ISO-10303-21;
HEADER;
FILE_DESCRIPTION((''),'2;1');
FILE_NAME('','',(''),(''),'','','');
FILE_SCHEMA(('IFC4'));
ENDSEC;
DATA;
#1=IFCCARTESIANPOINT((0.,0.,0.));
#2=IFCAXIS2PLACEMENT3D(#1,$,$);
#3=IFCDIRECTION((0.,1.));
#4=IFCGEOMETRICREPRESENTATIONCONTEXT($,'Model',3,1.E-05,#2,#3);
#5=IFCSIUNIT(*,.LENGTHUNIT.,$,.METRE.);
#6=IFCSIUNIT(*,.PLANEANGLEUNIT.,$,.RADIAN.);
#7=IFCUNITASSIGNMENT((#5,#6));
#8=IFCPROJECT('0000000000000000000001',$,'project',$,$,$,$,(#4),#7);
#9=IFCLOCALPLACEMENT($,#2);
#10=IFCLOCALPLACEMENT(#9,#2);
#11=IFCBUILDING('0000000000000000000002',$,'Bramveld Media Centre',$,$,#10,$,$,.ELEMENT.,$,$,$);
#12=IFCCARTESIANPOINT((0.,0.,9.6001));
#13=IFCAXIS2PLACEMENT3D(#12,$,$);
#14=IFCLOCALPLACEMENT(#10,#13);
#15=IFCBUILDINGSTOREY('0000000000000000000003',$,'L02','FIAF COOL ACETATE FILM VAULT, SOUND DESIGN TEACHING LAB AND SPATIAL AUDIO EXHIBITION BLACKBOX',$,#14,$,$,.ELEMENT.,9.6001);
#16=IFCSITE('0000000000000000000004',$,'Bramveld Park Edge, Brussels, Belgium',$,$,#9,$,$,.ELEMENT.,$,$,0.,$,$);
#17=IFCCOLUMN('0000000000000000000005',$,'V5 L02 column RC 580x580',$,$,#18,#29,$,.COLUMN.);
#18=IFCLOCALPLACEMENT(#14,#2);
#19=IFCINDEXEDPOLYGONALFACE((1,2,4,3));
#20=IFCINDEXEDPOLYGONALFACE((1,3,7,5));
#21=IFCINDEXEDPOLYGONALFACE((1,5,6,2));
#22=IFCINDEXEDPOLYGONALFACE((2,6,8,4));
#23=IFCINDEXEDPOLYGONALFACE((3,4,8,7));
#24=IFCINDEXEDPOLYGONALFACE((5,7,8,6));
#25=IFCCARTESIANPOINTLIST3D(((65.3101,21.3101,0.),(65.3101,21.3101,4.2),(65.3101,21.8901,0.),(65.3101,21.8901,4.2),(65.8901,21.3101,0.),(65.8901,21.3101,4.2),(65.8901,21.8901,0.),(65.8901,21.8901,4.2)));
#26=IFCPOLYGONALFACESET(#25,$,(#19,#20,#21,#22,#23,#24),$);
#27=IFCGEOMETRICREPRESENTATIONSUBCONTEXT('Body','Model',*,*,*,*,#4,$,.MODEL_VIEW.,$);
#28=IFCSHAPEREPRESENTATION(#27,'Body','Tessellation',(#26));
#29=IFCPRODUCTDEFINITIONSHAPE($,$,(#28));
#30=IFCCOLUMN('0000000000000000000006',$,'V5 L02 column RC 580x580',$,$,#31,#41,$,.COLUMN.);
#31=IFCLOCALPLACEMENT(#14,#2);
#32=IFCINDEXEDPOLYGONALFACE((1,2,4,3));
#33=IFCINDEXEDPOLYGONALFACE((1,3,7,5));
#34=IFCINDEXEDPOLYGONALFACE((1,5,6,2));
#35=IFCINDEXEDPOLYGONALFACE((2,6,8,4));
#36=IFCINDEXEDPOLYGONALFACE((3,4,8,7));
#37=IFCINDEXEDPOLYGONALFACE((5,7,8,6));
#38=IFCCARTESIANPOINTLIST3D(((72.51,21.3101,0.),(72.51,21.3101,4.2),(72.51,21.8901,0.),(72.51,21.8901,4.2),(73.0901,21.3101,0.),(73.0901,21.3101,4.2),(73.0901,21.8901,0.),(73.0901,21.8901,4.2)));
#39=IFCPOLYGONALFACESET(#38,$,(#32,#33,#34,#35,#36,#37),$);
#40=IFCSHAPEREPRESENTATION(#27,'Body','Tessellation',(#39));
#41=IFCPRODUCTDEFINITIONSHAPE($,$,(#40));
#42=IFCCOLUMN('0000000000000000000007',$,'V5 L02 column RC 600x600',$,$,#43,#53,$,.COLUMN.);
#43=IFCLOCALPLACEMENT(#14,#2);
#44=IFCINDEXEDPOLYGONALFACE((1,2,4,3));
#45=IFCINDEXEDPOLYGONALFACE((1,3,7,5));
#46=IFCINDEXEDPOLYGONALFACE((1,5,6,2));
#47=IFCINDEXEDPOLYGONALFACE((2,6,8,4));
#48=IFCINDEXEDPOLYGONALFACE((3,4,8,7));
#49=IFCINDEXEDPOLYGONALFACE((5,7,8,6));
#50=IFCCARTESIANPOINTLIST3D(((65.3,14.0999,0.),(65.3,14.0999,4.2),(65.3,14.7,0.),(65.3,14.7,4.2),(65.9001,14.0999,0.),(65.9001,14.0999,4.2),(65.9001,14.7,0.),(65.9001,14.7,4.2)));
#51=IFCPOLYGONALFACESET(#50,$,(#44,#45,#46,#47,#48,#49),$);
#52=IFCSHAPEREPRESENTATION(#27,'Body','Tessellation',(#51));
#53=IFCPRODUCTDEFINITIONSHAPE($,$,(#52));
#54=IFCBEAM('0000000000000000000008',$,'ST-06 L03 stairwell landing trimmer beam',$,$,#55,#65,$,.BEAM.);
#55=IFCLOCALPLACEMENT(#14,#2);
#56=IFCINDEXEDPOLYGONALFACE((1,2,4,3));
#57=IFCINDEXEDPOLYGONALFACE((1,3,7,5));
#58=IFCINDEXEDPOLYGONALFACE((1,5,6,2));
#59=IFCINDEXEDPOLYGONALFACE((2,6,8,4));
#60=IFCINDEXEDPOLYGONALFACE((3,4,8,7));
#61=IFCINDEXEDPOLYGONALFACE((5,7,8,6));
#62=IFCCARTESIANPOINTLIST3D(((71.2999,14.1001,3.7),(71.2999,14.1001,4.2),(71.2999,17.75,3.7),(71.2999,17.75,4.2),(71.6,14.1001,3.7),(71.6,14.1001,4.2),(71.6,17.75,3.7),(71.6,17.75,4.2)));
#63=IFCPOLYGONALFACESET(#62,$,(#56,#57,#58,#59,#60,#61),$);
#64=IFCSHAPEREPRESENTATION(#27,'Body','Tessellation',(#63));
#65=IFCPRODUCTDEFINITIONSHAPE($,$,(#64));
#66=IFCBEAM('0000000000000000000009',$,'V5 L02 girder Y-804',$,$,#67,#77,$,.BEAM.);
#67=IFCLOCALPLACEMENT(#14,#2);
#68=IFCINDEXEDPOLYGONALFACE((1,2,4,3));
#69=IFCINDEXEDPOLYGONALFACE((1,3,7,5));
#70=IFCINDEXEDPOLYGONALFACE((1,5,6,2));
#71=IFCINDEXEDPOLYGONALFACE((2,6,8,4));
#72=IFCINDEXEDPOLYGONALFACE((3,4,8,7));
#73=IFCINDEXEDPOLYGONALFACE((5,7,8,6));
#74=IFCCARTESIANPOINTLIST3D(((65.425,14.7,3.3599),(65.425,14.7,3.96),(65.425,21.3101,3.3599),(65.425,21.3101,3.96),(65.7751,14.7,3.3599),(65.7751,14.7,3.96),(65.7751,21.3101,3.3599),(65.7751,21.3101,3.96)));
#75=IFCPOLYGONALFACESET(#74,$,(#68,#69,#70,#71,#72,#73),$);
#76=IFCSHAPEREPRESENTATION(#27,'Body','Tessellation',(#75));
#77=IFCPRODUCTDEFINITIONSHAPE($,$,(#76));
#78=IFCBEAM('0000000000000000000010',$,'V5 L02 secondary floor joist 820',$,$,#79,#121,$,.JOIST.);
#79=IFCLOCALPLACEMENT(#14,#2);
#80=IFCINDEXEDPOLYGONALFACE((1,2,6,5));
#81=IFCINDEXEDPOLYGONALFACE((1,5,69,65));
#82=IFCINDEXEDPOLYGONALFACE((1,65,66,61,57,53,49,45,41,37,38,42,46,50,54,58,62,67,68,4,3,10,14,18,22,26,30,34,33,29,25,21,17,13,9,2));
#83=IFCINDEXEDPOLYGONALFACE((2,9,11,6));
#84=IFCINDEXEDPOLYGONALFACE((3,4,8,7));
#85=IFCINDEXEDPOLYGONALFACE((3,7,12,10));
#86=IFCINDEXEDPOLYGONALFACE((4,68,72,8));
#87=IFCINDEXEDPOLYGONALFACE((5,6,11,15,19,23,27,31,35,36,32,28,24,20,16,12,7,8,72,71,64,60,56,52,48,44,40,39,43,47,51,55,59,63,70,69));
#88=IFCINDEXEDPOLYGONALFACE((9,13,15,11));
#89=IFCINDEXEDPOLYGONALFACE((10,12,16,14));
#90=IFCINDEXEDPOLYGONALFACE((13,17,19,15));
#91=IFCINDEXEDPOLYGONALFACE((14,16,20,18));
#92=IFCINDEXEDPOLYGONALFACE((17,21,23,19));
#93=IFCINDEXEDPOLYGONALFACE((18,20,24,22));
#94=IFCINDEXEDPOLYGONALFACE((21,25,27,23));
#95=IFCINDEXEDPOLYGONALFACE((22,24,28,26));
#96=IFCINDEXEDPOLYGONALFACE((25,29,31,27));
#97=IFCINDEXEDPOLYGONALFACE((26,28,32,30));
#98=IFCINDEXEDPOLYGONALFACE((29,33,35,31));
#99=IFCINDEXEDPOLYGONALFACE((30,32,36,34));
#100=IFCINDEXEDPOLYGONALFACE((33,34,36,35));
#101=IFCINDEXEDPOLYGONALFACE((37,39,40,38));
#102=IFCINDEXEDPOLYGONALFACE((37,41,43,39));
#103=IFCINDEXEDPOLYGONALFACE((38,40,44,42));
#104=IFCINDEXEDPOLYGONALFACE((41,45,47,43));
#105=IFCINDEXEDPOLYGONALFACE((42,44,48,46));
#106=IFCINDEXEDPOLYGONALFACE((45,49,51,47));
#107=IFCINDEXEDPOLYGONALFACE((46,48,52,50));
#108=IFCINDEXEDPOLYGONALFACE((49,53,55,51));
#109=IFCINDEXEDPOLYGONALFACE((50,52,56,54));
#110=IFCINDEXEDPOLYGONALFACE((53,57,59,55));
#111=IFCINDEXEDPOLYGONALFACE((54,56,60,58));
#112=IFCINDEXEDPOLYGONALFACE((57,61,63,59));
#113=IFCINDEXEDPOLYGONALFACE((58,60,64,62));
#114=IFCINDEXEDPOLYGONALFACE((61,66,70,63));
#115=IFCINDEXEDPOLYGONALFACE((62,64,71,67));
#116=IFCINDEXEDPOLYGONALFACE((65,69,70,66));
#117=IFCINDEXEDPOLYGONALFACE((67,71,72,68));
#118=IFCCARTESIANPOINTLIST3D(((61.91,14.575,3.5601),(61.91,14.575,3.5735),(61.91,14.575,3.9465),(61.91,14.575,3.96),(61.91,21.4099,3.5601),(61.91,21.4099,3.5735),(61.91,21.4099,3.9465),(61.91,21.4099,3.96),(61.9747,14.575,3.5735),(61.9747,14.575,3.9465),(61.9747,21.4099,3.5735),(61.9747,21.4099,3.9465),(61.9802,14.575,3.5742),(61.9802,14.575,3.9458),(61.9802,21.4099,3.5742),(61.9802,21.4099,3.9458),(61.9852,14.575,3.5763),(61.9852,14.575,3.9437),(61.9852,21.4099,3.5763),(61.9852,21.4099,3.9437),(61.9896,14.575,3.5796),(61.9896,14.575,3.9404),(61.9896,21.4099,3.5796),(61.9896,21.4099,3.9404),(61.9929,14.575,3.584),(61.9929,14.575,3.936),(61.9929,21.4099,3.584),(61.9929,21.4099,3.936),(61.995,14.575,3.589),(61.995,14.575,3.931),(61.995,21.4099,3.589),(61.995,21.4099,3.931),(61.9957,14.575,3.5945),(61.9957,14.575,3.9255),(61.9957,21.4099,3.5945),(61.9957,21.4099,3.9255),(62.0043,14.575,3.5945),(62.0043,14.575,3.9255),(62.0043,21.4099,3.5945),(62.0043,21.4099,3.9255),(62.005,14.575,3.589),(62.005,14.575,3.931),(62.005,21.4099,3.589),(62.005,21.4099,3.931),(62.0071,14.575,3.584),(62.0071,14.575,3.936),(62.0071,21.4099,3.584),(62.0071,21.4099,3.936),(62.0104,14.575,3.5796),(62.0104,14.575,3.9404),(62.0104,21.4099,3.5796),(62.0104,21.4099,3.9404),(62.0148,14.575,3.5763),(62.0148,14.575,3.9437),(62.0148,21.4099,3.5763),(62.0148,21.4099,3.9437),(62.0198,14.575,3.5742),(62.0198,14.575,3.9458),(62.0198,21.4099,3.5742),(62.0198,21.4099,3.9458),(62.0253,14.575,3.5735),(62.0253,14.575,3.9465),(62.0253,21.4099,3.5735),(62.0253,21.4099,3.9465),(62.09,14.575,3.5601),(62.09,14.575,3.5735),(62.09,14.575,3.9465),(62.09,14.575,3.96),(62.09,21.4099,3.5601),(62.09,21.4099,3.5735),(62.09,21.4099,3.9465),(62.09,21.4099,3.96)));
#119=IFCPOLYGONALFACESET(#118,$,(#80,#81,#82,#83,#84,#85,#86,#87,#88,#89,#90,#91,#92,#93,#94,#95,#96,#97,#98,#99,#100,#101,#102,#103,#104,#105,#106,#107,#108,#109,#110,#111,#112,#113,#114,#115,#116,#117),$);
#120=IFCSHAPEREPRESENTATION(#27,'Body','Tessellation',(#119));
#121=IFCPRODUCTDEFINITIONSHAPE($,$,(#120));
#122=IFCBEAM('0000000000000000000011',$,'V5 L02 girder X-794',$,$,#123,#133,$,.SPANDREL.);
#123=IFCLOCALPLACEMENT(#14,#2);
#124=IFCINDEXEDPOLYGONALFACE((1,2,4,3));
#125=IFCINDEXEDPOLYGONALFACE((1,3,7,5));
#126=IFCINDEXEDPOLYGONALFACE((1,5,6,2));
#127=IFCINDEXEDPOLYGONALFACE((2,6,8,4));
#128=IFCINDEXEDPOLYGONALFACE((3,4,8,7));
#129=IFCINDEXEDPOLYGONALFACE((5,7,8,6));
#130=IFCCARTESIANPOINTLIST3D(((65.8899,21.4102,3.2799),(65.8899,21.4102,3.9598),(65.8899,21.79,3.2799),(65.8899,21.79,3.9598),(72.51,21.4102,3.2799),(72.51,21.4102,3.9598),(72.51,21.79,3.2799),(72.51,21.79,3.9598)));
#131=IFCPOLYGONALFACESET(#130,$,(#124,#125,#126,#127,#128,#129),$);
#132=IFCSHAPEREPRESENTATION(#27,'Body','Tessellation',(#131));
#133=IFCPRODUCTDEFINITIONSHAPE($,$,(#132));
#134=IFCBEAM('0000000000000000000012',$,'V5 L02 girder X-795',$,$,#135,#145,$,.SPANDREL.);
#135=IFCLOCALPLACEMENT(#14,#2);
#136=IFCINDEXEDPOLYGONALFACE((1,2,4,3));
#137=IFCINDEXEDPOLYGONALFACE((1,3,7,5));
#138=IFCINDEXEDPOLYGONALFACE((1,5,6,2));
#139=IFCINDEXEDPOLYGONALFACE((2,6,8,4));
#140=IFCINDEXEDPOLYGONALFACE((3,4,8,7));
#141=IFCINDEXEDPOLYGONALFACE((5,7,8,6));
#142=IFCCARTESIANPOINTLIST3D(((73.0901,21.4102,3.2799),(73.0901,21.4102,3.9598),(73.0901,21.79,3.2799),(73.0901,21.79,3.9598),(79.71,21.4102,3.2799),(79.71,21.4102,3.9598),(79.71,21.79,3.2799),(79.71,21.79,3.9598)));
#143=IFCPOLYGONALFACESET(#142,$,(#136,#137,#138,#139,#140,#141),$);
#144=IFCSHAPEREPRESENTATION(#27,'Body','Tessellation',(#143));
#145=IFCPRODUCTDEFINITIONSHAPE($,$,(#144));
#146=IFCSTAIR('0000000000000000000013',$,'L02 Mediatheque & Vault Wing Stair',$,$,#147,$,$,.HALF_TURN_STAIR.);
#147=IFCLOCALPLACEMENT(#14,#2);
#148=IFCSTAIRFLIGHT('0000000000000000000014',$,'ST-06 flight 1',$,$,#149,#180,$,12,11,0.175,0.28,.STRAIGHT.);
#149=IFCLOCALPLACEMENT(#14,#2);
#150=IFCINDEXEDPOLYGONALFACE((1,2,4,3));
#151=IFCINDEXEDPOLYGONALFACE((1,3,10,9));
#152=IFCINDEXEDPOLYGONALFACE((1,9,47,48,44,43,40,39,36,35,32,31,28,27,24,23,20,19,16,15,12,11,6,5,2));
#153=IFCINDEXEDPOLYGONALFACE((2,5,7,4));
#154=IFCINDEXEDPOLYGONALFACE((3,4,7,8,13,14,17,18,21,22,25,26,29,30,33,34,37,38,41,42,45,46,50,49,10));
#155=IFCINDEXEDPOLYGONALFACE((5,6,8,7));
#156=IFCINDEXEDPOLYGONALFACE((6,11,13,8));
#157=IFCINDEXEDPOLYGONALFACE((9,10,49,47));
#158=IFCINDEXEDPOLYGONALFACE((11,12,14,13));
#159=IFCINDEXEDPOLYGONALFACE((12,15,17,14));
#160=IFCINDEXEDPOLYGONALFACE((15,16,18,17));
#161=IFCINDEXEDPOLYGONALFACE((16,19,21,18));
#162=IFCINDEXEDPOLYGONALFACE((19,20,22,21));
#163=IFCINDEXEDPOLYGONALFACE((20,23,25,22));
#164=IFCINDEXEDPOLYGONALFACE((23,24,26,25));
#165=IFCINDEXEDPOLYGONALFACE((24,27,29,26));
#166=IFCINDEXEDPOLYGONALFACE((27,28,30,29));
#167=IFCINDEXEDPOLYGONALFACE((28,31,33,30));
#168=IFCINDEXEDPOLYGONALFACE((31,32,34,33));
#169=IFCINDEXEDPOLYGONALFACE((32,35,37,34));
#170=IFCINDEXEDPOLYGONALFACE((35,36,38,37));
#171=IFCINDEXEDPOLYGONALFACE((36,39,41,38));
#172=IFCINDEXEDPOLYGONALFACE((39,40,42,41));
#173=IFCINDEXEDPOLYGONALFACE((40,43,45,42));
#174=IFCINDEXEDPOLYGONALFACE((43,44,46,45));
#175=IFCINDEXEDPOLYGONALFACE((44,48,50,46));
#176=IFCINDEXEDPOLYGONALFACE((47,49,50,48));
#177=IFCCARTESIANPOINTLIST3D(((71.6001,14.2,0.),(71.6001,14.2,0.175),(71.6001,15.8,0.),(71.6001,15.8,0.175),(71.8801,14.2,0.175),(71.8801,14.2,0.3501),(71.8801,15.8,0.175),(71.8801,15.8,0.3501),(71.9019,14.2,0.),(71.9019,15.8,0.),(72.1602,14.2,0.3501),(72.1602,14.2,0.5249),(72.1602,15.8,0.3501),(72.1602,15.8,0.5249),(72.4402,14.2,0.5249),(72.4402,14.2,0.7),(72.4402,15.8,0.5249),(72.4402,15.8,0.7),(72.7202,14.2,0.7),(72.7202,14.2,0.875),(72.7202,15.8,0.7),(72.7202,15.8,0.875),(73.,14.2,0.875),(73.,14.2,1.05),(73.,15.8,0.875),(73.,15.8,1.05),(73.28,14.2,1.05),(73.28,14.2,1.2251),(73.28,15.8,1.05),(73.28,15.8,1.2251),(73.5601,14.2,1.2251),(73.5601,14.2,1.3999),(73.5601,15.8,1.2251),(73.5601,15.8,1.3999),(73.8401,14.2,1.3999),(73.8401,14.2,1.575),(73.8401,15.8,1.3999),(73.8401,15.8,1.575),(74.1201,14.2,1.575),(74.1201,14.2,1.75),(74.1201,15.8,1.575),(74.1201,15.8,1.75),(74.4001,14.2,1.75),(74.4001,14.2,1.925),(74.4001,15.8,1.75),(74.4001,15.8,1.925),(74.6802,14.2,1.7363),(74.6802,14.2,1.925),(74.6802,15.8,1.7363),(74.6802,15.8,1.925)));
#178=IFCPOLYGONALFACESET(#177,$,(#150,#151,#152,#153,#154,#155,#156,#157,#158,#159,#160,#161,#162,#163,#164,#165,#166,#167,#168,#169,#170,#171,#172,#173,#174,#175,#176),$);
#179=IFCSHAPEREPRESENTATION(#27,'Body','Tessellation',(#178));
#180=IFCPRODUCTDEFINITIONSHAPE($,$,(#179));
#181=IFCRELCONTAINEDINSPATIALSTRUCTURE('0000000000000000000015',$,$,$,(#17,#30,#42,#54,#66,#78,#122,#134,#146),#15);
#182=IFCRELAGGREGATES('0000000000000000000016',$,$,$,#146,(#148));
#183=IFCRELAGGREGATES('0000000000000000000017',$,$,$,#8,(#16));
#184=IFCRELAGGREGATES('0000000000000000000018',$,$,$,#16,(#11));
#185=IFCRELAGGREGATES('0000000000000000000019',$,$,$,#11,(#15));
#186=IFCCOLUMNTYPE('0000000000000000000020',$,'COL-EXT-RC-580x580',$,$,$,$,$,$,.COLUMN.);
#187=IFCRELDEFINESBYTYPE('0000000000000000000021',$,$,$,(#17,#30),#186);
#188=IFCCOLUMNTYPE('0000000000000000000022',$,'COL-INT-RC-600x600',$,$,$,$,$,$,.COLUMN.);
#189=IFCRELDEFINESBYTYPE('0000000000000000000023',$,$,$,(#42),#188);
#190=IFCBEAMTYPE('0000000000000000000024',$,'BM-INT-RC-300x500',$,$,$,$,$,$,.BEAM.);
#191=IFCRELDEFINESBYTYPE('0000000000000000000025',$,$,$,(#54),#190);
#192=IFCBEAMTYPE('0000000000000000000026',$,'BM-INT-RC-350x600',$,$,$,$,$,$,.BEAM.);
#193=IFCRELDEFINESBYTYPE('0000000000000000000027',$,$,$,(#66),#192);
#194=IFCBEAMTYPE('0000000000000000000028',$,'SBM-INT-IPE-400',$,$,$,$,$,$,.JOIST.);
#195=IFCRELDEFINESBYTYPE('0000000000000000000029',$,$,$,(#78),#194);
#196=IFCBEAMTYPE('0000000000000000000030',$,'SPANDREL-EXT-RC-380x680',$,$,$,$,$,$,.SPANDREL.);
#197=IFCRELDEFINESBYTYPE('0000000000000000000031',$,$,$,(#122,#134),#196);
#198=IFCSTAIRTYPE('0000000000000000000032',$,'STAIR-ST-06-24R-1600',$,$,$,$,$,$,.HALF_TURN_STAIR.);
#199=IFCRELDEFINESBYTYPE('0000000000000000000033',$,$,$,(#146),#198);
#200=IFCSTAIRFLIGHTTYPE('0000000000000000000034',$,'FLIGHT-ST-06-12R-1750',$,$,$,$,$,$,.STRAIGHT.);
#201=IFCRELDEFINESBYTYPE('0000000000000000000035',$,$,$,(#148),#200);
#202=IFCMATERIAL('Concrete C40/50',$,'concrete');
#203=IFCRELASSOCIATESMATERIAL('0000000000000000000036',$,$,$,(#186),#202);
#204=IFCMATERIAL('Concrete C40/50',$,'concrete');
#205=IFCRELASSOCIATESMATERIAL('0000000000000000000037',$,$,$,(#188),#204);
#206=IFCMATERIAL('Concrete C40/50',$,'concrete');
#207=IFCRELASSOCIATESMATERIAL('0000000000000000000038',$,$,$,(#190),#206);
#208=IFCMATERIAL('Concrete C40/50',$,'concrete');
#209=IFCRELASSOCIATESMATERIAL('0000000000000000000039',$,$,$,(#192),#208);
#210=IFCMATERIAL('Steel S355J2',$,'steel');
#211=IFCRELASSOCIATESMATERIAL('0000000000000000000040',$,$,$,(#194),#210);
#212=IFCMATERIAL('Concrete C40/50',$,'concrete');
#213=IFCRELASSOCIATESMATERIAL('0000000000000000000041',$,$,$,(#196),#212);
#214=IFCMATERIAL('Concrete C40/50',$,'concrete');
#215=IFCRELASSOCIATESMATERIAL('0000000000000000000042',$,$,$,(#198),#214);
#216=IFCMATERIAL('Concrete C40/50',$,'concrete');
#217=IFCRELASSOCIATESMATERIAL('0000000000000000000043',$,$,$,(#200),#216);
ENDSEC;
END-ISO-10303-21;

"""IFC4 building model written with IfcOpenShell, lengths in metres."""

from ifc_helpers import new_model, si_unit, direction, frame, origin, origin_2d, place, context, subcontext, project, spatial, polyline, rectangle, i_section, outline, extrude, material, material_profile, profile_set, type_object, element, aggregate, save


model = new_model("IFC4")

# Units and contexts
model_context = context("Model", 3, precision=1e-05, world=origin(), true_north=direction((0.0, 1.0)))
body_context = subcontext(model_context, "Body", "Model", "MODEL_VIEW")
ifc_project = project(units=[si_unit("LENGTHUNIT", "METRE"), si_unit("PLANEANGLEUNIT", "RADIAN")], contexts=[model_context])

# Site, building, storey
site_placement = place(None, origin())
site = spatial("IfcSite", under=ifc_project, at=site_placement, Name="Bramveld Park Edge, Brussels, Belgium", CompositionType="ELEMENT", RefElevation=0.0)
building_placement = place(site_placement, origin())
building = spatial("IfcBuilding", under=site, at=building_placement, Name="Bramveld Media Centre", CompositionType="ELEMENT")
storey_placement = place(building_placement, frame((0.0, 0.0, 9.6001)))
storey = spatial("IfcBuildingStorey", under=building, at=storey_placement, Name="L02", Description="FIAF COOL ACETATE FILM VAULT, SOUND DESIGN TEACHING LAB AND SPATIAL AUDIO EXHIBITION BLACKBOX", CompositionType="ELEMENT", Elevation=9.6001)

# Columns
ifc_material_1 = material(Name="Concrete C40/50", Category="concrete")
ifc_material_profile_1 = material_profile(ifc_material_1, rectangle(XDim=0.5801, YDim=0.5801, at=origin_2d()), Name="RC 580x580")
ifc_profile_set_1 = profile_set([ifc_material_profile_1], Name="Concrete C40/50")
column_type_1 = type_object("IfcColumnType", Name="COL-EXT-RC-580x580", PredefinedType="COLUMN", material=ifc_profile_set_1)
for number, where, z_axis, x_axis, name in (
    (1, (65.6001, 21.6001, 0.0), (0.0, 0.0, 1.0), (1.0, 0.0, 0.0), "V5 L02 column RC 580x580"),
    (2, (72.8, 21.6001, 0.0), (0.0, 0.0, 1.0), (1.0, 0.0, 0.0), "V5 L02 column RC 580x580"),
):
    element("IfcColumn", number, at=place(storey_placement, frame(where, z_axis=z_axis, x_axis=x_axis)), inside=storey, type_object=column_type_1, Name=name, PredefinedType="COLUMN", context=body_context, shape_type="SweptSolid", body=[
        extrude(rectangle(XDim=0.5801, YDim=0.5801, at=origin_2d()), origin(), (0.0, 0.0, 1.0), 4.2),
    ])
ifc_material_2 = material(Name="Concrete C40/50", Category="concrete")
ifc_material_profile_2 = material_profile(ifc_material_2, rectangle(XDim=0.6001, YDim=0.6001, at=origin_2d()), Name="RC 600x600")
ifc_profile_set_2 = profile_set([ifc_material_profile_2], Name="Concrete C40/50")
column_type_2 = type_object("IfcColumnType", Name="COL-INT-RC-600x600", PredefinedType="COLUMN", material=ifc_profile_set_2)
column_placement = place(storey_placement, frame((65.6001, 14.3999, 0.0), z_axis=(0.0, 0.0, 1.0), x_axis=(1.0, 0.0, 0.0)))
element("IfcColumn", 3, at=column_placement, inside=storey, type_object=column_type_2, Name="V5 L02 column RC 600x600", PredefinedType="COLUMN", context=body_context, shape_type="SweptSolid", body=[
    extrude(rectangle(XDim=0.6001, YDim=0.6001, at=origin_2d()), origin(), (0.0, 0.0, 1.0), 4.2),
])

# Beams
ifc_material_3 = material(Name="Concrete C40/50", Category="concrete")
ifc_material_profile_3 = material_profile(ifc_material_3, rectangle(XDim=0.3, YDim=0.5, at=origin_2d()), Name="RC 300x500")
ifc_profile_set_3 = profile_set([ifc_material_profile_3], Name="Concrete C40/50")
beam_type_1 = type_object("IfcBeamType", Name="BM-INT-RC-300x500", PredefinedType="BEAM", material=ifc_profile_set_3)
beam_1_placement = place(storey_placement, frame((71.45, 14.1001, 3.95), z_axis=(0.0, 1.0, 0.0), x_axis=(-1.0, 0.0, 0.0)))
element("IfcBeam", 4, at=beam_1_placement, inside=storey, type_object=beam_type_1, Name="ST-06 L03 stairwell landing trimmer beam", PredefinedType="BEAM", context=body_context, shape_type="SweptSolid", body=[
    extrude(rectangle(XDim=0.3, YDim=0.5, at=origin_2d()), origin(), (0.0, 0.0, 1.0), 3.6499),
])
ifc_material_4 = material(Name="Concrete C40/50", Category="concrete")
ifc_material_profile_4 = material_profile(ifc_material_4, rectangle(XDim=0.3501, YDim=0.6001, at=origin_2d()), Name="RC 350x600")
ifc_profile_set_4 = profile_set([ifc_material_profile_4], Name="Concrete C40/50")
beam_type_2 = type_object("IfcBeamType", Name="BM-INT-RC-350x600", PredefinedType="BEAM", material=ifc_profile_set_4)
beam_2_placement = place(storey_placement, frame((65.6001, 14.7, 3.6599), z_axis=(0.0, 1.0, 0.0), x_axis=(-1.0, 0.0, 0.0)))
element("IfcBeam", 5, at=beam_2_placement, inside=storey, type_object=beam_type_2, Name="V5 L02 girder Y-804", PredefinedType="BEAM", context=body_context, shape_type="SweptSolid", body=[
    extrude(rectangle(XDim=0.3501, YDim=0.6001, at=origin_2d()), origin(), (0.0, 0.0, 1.0), 6.6101),
])
ifc_material_5 = material(Name="Steel S355J2", Category="steel")
ifc_material_profile_5 = material_profile(ifc_material_5, i_section(OverallWidth=0.1799, OverallDepth=0.3999, WebThickness=0.0085, FlangeThickness=0.0134, FilletRadius=0.021, at=origin_2d()), Name="IPE 400")
ifc_profile_set_5 = profile_set([ifc_material_profile_5], Name="Steel S355J2")
beam_type_3 = type_object("IfcBeamType", Name="SBM-INT-IPE-400", PredefinedType="JOIST", material=ifc_profile_set_5)
beam_3_placement = place(storey_placement, frame((62.0, 14.575, 3.76), z_axis=(0.0, 1.0, 0.0), x_axis=(-1.0, 0.0, 0.0)))
element("IfcBeam", 6, at=beam_3_placement, inside=storey, type_object=beam_type_3, Name="V5 L02 secondary floor joist 820", PredefinedType="JOIST", context=body_context, shape_type="SweptSolid", body=[
    extrude(i_section(OverallWidth=0.1799, OverallDepth=0.3999, WebThickness=0.0085, FlangeThickness=0.0134, FilletRadius=0.021, at=origin_2d()), origin(), (0.0, 0.0, 1.0), 6.835),
])
ifc_material_6 = material(Name="Concrete C40/50", Category="concrete")
ifc_material_profile_6 = material_profile(ifc_material_6, rectangle(XDim=0.3799, YDim=0.6799, at=origin_2d()), Name="RC 380x680")
ifc_profile_set_6 = profile_set([ifc_material_profile_6], Name="Concrete C40/50")
beam_type_4 = type_object("IfcBeamType", Name="SPANDREL-EXT-RC-380x680", PredefinedType="SPANDREL", material=ifc_profile_set_6)
beam_4_placement = place(storey_placement, frame((65.8899, 21.6001, 3.6199), z_axis=(1.0, 0.0, 0.0), x_axis=(0.0, 1.0, 0.0)))
element("IfcBeam", 7, at=beam_4_placement, inside=storey, type_object=beam_type_4, Name="V5 L02 girder X-794", PredefinedType="SPANDREL", context=body_context, shape_type="SweptSolid", body=[
    extrude(rectangle(XDim=0.3799, YDim=0.6799, at=origin_2d()), origin(), (0.0, 0.0, 1.0), 6.6201),
])
beam_5_placement = place(storey_placement, frame((73.0901, 21.6001, 3.6199), z_axis=(1.0, 0.0, 0.0), x_axis=(0.0, 1.0, 0.0)))
element("IfcBeam", 8, at=beam_5_placement, inside=storey, type_object=beam_type_4, Name="V5 L02 girder X-795", PredefinedType="SPANDREL", context=body_context, shape_type="SweptSolid", body=[
    extrude(rectangle(XDim=0.3799, YDim=0.6799, at=origin_2d()), origin(), (0.0, 0.0, 1.0), 6.6199),
])

# Stair, stair flight
ifc_material_7 = material(Name="Concrete C40/50", Category="concrete")
stair_type = type_object("IfcStairType", Name="STAIR-ST-06-24R-1600", PredefinedType="HALF_TURN_STAIR", material=ifc_material_7)
stair_placement = place(storey_placement, origin())
stair = element("IfcStair", 9, at=stair_placement, inside=storey, type_object=stair_type, Name="L02 Mediatheque & Vault Wing Stair", PredefinedType="HALF_TURN_STAIR")
ifc_material_8 = material(Name="Concrete C40/50", Category="concrete")
stair_flight_type = type_object("IfcStairFlightType", Name="FLIGHT-ST-06-12R-1750", PredefinedType="STRAIGHT", material=ifc_material_8)
stair_flight_1_placement = place(storey_placement, frame((71.6001, 15.0, 0.0), z_axis=(0.0, 0.0, 1.0), x_axis=(1.0, 0.0, 0.0)))
stair_flight_1 = element("IfcStairFlight", 10, at=stair_flight_1_placement, type_object=stair_flight_type, Name="ST-06 flight 1", NumberOfRisers=12, NumberOfTreads=11, PredefinedType="STRAIGHT", RiserHeight=0.175, TreadLength=0.28, context=body_context, shape_type="SweptSolid", body=[
    extrude(outline(polyline([(0.0, 0.0), (0.0, 0.175), (0.28, 0.175), (0.28, 0.3501), (0.5601, 0.3501), (0.5601, 0.5249), (0.8401, 0.5249), (0.8401, 0.7), (1.1201, 0.7), (1.1201, 0.875), (1.3999, 0.875), (1.3999, 1.05), (1.6799, 1.05), (1.6799, 1.2251), (1.96, 1.2251), (1.96, 1.3999), (2.24, 1.3999), (2.24, 1.575), (2.52, 1.575), (2.52, 1.75), (2.8, 1.75), (2.8, 1.925), (3.0801, 1.925), (3.0801, 2.1001), (3.0801, 1.7363), (0.3018, 0.0), (0.0, 0.0)])), frame((0.0, 0.8, 0.0), z_axis=(0.0, -1.0, 0.0), x_axis=(1.0, 0.0, 0.0)), (0.0, 0.0, 1.0), 1.6001),
])
aggregate(stair, [stair_flight_1])

save(model, "model.ifc")
